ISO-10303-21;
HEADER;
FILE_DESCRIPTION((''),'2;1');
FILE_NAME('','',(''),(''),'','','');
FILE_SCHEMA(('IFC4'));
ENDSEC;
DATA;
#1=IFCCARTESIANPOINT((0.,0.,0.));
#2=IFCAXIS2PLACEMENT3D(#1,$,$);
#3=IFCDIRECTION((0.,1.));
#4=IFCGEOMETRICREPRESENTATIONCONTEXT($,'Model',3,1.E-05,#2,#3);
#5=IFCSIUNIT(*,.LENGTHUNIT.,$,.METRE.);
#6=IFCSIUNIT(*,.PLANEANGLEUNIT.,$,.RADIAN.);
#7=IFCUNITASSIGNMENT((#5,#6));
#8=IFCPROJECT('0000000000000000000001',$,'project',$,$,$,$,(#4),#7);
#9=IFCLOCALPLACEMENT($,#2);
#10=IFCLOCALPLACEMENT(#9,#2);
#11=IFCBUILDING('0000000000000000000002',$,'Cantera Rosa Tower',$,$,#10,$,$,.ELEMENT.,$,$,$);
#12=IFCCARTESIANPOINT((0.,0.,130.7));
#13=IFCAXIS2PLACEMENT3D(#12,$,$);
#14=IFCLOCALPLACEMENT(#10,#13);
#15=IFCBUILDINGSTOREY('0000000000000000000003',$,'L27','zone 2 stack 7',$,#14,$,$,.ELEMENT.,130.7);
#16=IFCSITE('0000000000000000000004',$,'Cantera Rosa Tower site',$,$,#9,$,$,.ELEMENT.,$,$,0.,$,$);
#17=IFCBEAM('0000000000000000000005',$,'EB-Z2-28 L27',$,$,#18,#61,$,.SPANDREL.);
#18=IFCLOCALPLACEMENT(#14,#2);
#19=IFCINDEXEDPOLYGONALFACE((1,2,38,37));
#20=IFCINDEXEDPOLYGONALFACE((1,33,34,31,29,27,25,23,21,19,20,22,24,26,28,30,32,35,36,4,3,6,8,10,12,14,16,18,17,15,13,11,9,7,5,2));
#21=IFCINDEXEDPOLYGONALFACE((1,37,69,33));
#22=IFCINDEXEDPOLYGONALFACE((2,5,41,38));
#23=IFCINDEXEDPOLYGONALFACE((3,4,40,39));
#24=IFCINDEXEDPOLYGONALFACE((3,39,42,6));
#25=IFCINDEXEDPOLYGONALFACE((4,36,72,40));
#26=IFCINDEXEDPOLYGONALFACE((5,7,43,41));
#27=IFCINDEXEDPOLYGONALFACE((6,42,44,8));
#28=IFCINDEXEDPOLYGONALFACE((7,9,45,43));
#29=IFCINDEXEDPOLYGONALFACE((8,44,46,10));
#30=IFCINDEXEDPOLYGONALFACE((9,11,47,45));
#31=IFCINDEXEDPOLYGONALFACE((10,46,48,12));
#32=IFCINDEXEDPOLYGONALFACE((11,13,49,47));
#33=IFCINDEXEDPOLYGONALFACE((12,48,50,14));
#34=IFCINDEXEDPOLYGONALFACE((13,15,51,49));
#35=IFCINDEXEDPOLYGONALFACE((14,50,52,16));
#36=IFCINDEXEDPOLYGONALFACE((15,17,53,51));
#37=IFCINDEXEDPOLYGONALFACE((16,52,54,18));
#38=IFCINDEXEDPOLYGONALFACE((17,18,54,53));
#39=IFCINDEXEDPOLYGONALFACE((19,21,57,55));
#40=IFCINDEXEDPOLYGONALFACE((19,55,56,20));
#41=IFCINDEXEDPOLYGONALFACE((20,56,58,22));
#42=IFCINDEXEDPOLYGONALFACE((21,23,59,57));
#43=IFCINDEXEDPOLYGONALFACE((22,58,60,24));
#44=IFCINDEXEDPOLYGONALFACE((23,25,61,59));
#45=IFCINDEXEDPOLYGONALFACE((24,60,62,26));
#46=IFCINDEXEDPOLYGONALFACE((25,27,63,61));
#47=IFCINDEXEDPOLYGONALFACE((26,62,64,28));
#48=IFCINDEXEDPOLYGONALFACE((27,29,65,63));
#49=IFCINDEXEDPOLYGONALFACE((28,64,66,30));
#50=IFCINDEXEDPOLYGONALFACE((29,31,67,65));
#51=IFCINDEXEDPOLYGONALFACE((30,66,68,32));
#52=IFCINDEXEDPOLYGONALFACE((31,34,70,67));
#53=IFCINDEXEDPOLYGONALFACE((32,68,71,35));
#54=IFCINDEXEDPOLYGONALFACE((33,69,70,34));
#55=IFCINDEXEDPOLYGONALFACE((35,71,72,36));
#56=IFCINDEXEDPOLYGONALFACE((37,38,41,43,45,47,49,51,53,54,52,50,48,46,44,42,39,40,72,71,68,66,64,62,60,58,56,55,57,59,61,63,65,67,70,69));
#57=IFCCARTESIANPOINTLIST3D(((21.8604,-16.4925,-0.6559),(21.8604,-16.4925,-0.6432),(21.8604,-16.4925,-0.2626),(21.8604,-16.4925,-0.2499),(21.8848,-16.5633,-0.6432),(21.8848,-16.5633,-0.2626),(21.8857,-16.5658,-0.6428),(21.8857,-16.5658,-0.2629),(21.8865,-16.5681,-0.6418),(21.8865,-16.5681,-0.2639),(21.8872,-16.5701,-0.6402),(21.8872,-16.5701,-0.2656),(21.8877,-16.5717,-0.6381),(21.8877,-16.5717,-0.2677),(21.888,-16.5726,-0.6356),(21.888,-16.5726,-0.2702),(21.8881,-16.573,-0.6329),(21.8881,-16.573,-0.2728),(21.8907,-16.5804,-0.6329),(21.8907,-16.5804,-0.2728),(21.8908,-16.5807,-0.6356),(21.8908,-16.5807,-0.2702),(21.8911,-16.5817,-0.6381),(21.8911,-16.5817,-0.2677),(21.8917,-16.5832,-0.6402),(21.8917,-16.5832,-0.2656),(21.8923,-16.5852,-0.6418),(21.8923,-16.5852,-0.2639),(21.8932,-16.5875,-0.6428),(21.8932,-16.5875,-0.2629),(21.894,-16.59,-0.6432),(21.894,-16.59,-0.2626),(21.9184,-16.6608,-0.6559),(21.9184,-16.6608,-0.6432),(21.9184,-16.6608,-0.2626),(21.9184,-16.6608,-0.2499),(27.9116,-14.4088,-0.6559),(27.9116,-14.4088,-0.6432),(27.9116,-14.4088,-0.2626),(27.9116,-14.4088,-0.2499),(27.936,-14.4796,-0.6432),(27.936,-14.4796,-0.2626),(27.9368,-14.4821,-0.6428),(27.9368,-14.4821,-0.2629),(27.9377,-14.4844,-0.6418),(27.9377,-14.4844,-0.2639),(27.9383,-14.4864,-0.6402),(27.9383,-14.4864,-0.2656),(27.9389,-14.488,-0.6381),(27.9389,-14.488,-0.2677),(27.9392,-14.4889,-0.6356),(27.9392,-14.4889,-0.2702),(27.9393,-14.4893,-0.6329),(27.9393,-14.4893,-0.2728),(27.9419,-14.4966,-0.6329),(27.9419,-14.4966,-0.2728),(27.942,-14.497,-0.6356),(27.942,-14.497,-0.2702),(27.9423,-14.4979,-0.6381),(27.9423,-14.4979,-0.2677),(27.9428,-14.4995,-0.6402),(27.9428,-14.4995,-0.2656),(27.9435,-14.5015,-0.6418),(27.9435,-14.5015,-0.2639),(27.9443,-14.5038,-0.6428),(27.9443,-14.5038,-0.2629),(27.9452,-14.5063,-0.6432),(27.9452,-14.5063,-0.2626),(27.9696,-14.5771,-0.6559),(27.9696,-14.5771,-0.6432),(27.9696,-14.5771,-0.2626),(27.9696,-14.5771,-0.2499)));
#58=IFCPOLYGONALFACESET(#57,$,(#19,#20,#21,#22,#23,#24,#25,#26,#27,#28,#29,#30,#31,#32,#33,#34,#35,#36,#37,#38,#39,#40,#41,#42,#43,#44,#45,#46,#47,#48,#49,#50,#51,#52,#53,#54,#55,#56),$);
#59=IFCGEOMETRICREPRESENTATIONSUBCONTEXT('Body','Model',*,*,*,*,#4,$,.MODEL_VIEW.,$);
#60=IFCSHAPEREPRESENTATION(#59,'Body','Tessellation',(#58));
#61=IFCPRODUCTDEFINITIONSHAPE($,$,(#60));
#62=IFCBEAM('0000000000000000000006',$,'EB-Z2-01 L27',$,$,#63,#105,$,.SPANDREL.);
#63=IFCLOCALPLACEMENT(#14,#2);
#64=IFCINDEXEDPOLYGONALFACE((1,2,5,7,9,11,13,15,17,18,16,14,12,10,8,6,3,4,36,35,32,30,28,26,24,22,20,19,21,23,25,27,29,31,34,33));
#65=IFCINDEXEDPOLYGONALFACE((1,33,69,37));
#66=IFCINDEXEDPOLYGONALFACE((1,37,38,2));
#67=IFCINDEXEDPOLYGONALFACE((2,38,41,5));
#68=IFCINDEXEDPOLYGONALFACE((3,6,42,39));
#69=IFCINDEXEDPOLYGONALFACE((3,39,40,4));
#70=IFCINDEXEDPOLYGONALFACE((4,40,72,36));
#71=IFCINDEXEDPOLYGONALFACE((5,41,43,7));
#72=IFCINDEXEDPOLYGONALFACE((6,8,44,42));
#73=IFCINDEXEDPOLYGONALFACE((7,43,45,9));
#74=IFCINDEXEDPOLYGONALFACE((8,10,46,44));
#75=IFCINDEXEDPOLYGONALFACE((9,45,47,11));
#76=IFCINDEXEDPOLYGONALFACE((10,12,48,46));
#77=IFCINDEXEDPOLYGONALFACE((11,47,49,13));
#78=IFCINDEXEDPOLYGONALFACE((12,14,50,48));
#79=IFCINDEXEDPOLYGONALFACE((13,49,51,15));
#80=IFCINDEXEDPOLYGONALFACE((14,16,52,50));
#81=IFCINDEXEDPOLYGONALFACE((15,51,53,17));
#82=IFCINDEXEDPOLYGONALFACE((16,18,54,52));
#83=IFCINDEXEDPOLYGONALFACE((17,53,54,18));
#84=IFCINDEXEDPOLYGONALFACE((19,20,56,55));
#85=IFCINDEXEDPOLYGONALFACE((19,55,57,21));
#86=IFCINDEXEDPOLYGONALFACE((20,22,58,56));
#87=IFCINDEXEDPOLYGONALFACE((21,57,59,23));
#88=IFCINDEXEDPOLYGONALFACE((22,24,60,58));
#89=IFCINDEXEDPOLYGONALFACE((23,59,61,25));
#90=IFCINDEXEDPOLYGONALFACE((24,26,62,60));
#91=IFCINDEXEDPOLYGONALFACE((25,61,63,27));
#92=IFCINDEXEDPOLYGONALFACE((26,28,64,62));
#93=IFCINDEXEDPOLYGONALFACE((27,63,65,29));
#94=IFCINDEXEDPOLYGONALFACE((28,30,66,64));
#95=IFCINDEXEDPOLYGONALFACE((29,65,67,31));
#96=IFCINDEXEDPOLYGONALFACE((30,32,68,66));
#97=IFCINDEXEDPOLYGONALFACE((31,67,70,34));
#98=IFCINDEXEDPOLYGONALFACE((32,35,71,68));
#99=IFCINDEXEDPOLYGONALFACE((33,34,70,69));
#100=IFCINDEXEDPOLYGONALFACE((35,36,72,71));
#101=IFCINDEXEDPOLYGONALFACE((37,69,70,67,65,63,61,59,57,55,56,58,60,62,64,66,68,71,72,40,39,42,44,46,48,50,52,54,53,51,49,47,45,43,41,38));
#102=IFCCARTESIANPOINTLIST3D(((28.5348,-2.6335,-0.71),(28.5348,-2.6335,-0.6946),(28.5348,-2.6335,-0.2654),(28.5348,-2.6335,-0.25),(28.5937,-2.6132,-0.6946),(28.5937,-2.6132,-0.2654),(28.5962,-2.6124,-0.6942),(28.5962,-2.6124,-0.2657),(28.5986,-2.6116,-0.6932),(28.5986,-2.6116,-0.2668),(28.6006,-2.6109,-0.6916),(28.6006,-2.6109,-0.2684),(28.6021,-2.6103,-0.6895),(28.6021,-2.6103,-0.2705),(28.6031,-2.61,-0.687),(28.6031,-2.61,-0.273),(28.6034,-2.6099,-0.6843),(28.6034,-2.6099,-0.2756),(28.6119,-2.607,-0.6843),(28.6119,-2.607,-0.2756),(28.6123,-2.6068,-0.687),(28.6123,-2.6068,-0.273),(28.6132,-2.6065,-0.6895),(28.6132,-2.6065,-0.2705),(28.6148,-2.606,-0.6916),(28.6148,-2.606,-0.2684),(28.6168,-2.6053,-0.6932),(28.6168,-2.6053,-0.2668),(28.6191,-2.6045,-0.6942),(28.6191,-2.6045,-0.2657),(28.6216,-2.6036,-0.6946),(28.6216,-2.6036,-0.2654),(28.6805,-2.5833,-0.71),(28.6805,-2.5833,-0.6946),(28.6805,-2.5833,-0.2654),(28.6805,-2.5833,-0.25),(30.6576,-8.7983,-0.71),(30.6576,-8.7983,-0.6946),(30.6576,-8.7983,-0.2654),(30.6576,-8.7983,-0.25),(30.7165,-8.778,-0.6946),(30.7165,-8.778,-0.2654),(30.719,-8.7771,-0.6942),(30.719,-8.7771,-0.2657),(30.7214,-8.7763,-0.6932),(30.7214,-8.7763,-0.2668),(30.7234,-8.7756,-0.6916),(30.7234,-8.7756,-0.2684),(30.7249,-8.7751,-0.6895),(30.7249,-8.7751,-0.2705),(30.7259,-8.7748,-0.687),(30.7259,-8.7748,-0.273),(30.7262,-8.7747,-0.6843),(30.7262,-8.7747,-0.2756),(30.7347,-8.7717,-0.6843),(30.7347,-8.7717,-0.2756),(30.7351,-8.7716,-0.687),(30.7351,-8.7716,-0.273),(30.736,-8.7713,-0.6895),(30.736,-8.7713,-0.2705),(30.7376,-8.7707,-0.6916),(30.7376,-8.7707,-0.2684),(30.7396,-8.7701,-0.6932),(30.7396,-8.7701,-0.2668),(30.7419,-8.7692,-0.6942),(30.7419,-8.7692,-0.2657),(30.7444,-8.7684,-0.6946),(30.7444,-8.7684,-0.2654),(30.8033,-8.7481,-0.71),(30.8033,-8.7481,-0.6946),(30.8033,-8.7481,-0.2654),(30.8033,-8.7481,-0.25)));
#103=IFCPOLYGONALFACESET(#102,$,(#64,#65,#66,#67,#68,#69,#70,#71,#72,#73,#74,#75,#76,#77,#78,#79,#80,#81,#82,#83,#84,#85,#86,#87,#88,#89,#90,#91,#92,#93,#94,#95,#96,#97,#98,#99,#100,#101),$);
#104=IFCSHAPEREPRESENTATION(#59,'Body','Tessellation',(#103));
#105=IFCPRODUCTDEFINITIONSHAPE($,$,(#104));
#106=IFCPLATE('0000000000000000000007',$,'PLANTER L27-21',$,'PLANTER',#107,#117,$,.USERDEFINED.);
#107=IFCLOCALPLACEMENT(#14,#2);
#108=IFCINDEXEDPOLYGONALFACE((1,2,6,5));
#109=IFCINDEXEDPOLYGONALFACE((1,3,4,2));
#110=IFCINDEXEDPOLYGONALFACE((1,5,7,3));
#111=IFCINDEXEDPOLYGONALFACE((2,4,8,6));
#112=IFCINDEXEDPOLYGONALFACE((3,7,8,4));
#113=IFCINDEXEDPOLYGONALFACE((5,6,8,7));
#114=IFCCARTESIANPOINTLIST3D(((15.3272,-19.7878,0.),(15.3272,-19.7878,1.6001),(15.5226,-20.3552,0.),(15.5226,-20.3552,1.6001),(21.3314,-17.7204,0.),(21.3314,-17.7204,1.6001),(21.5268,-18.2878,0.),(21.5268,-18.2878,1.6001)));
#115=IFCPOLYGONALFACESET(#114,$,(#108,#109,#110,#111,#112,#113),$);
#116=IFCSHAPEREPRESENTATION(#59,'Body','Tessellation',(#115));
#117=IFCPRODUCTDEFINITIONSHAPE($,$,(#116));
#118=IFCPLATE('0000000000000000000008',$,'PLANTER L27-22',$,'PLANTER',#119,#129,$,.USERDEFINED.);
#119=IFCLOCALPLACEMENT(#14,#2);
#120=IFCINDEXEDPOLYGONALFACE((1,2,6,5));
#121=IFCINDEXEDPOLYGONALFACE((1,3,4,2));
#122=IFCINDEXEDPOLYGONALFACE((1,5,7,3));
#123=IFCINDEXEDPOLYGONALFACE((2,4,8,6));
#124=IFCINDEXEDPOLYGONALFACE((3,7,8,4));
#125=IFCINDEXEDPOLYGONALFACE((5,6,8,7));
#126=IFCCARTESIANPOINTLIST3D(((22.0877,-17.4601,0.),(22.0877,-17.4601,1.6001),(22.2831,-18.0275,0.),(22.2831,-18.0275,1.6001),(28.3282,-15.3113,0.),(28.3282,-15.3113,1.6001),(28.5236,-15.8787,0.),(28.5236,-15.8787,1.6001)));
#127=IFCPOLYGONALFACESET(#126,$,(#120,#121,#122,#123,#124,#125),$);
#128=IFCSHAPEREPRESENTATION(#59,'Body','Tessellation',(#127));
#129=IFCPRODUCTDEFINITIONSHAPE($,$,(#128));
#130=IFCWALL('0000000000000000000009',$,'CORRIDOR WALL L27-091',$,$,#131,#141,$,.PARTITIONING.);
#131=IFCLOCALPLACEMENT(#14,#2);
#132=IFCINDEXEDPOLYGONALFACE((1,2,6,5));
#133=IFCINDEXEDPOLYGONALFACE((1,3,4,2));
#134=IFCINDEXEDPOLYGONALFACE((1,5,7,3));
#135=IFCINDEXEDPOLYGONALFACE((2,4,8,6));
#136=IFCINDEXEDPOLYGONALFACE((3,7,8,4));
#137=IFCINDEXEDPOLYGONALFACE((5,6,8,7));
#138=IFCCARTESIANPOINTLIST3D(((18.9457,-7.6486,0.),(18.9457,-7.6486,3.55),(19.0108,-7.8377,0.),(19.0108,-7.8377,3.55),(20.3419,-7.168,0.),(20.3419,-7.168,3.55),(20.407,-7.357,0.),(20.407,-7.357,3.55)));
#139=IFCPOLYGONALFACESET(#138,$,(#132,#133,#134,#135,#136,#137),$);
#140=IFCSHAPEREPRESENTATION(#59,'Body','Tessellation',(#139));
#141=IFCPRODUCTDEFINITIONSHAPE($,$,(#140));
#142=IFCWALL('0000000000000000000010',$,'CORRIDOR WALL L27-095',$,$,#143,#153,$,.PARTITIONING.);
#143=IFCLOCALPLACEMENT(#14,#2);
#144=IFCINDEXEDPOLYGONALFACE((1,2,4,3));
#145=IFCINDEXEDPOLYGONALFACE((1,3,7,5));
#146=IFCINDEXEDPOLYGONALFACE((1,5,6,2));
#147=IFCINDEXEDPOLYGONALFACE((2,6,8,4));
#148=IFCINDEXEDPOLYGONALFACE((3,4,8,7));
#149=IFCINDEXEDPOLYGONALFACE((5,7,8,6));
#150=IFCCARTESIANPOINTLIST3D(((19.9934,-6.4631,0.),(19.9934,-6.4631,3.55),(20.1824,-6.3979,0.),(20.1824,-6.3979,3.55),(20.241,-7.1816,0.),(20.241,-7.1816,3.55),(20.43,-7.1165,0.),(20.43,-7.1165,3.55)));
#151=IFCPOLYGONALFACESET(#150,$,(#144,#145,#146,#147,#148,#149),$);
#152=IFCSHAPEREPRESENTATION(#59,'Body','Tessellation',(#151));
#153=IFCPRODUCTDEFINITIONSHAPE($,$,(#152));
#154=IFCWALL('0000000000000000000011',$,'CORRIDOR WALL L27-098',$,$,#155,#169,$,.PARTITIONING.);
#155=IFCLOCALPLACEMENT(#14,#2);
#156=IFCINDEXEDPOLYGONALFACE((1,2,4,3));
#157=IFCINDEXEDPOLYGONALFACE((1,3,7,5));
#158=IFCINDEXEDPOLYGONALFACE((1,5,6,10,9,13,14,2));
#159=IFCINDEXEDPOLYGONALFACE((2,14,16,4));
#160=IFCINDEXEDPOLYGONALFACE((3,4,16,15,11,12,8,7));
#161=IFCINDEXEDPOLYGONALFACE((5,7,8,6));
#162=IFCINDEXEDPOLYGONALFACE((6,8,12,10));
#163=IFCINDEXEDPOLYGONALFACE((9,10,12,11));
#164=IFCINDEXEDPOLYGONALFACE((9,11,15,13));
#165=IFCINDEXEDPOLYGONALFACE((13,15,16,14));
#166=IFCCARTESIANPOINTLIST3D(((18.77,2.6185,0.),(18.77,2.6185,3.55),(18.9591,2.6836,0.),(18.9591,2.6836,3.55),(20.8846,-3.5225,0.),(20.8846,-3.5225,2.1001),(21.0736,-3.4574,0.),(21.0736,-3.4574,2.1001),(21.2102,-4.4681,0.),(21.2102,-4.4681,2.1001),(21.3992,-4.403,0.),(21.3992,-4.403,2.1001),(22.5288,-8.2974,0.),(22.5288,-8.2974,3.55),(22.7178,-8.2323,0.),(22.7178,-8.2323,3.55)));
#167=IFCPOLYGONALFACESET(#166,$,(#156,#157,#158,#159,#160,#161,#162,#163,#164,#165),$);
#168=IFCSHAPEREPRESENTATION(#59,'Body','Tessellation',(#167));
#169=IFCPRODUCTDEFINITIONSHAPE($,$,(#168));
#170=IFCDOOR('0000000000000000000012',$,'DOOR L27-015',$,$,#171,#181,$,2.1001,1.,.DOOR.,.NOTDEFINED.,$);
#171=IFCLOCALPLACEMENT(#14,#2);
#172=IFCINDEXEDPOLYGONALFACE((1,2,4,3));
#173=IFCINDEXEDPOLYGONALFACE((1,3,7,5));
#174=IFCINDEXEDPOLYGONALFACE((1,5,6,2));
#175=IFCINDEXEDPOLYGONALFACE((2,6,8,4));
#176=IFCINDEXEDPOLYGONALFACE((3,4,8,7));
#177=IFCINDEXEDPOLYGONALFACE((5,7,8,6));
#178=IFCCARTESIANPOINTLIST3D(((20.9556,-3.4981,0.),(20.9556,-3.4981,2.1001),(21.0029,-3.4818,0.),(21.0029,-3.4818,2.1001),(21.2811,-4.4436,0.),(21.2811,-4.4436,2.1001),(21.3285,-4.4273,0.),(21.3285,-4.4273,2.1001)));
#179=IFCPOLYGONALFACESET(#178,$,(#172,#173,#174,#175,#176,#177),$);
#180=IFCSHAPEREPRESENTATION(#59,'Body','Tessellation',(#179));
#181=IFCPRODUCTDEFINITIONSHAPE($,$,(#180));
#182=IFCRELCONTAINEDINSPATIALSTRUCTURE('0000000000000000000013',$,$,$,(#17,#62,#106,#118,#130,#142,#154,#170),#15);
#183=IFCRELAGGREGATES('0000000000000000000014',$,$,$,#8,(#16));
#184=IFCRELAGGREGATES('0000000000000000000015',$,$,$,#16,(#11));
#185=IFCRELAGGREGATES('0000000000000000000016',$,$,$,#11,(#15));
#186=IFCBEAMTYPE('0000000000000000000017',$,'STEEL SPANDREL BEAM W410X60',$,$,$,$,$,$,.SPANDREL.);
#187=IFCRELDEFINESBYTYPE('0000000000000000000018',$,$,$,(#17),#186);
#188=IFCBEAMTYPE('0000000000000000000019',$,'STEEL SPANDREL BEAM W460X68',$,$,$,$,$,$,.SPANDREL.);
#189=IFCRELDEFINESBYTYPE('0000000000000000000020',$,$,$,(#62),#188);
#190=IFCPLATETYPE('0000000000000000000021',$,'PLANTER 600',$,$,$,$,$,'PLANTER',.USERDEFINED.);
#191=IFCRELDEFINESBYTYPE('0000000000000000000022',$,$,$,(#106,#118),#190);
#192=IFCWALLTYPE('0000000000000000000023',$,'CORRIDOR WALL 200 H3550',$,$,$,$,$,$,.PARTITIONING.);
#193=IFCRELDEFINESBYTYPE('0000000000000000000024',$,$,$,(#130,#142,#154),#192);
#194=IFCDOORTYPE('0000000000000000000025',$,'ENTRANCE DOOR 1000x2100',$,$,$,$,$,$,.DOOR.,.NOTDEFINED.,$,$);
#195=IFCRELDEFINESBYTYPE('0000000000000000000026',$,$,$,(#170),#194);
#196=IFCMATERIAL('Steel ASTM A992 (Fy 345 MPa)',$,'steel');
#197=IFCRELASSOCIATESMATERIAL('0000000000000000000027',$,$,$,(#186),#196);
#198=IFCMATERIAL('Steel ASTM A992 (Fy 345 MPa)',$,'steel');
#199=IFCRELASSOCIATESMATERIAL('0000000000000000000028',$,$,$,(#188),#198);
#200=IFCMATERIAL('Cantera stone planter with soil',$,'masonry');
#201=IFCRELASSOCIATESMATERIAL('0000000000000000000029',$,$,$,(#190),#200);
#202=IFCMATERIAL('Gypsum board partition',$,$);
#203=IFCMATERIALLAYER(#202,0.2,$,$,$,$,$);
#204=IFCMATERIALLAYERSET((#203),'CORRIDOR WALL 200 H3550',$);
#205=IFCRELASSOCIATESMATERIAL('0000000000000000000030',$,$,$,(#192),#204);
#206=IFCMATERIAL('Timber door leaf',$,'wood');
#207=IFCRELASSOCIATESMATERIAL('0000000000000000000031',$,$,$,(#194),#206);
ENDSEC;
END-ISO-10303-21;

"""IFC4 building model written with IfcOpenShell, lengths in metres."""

from ifc_helpers import new_model, si_unit, direction, frame, frame_2d, origin, origin_2d, place, context, subcontext, project, spatial, rectangle, i_section, extrude, material, layer, layer_set, material_profile, profile_set, type_object, element, fill, save


model = new_model("IFC4")

# Units and contexts
model_context = context("Model", 3, precision=1e-05, world=origin(), true_north=direction((0.0, 1.0)))
body_context = subcontext(model_context, "Body", "Model", "MODEL_VIEW")
ifc_project = project(units=[si_unit("LENGTHUNIT", "METRE"), si_unit("PLANEANGLEUNIT", "RADIAN")], contexts=[model_context])

# Site, building, storey
site_placement = place(None, origin())
site = spatial("IfcSite", under=ifc_project, at=site_placement, Name="Cantera Rosa Tower site", CompositionType="ELEMENT", RefElevation=0.0)
building_placement = place(site_placement, origin())
building = spatial("IfcBuilding", under=site, at=building_placement, Name="Cantera Rosa Tower", CompositionType="ELEMENT")
storey_placement = place(building_placement, frame((0.0, 0.0, 130.7)))
storey = spatial("IfcBuildingStorey", under=building, at=storey_placement, Name="L27", Description="zone 2 stack 7", CompositionType="ELEMENT", Elevation=130.7)

# Beams
ifc_material_1 = material(Name="Steel ASTM A992 (Fy 345 MPa)", Category="steel")
ifc_material_profile_1 = material_profile(ifc_material_1, i_section(OverallWidth=0.178, OverallDepth=0.406, WebThickness=0.0078, FlangeThickness=0.0127, FilletRadius=0.0103, at=origin_2d()), Name="W410X60")
ifc_profile_set_1 = profile_set([ifc_material_profile_1], Name="Steel ASTM A992 (Fy 345 MPa)")
beam_type_1 = type_object("IfcBeamType", Name="STEEL SPANDREL BEAM W410X60", PredefinedType="SPANDREL", material=ifc_profile_set_1)
beam_1_placement = place(storey_placement, frame((21.8894, -16.5767, -0.4529), z_axis=(0.945513, 0.325585, 0.0), x_axis=(-0.325585, 0.945513, 0.0)))
element("IfcBeam", 1, at=beam_1_placement, inside=storey, type_object=beam_type_1, Name="EB-Z2-28 L27", PredefinedType="SPANDREL", context=body_context, shape_type="SweptSolid", body=[
    extrude(i_section(OverallWidth=0.178, OverallDepth=0.406, WebThickness=0.0078, FlangeThickness=0.0127, FilletRadius=0.0103, at=origin_2d()), origin(), (0.0, 0.0, 1.0), 6.3999),
])
ifc_material_2 = material(Name="Steel ASTM A992 (Fy 345 MPa)", Category="steel")
ifc_material_profile_2 = material_profile(ifc_material_2, i_section(OverallWidth=0.1541, OverallDepth=0.46, WebThickness=0.009, FlangeThickness=0.0154, FilletRadius=0.0103, at=origin_2d()), Name="W460X68")
ifc_profile_set_2 = profile_set([ifc_material_profile_2], Name="Steel ASTM A992 (Fy 345 MPa)")
beam_type_2 = type_object("IfcBeamType", Name="STEEL SPANDREL BEAM W460X68", PredefinedType="SPANDREL", material=ifc_profile_set_2)
beam_2_placement = place(storey_placement, frame((30.7305, -8.7732, -0.48), z_axis=(-0.325581, 0.945514, 0.0), x_axis=(-0.945514, -0.325581, 0.0)))
element("IfcBeam", 2, at=beam_2_placement, inside=storey, type_object=beam_type_2, Name="EB-Z2-01 L27", PredefinedType="SPANDREL", context=body_context, shape_type="SweptSolid", body=[
    extrude(i_section(OverallWidth=0.1541, OverallDepth=0.46, WebThickness=0.009, FlangeThickness=0.0154, FilletRadius=0.0103, at=origin_2d()), origin(), (0.0, 0.0, 1.0), 6.52),
])

# Plates
ifc_material_3 = material(Name="Cantera stone planter with soil", Category="masonry")
plate_type = type_object("IfcPlateType", Name="PLANTER 600", ElementType="PLANTER", PredefinedType="USERDEFINED", material=ifc_material_3)
plate_1_placement = place(storey_placement, frame((18.427, -19.0378, 0.0), z_axis=(0.0, 0.0, 1.0), x_axis=(0.945519, 0.325568, 0.0)))
element("IfcPlate", 3, at=plate_1_placement, inside=storey, type_object=plate_type, Name="PLANTER L27-21", ObjectType="PLANTER", PredefinedType="USERDEFINED", context=body_context, shape_type="SweptSolid", body=[
    extrude(rectangle(XDim=6.3501, YDim=0.6001, at=origin_2d()), origin(), (0.0, 0.0, 1.0), 1.6001),
])
plate_2_placement = place(storey_placement, frame((25.3057, -16.6694, 0.0), z_axis=(0.0, 0.0, 1.0), x_axis=(0.945519, 0.325568, 0.0)))
element("IfcPlate", 4, at=plate_2_placement, inside=storey, type_object=plate_type, Name="PLANTER L27-22", ObjectType="PLANTER", PredefinedType="USERDEFINED", context=body_context, shape_type="SweptSolid", body=[
    extrude(rectangle(XDim=6.6001, YDim=0.6001, at=origin_2d()), origin(), (0.0, 0.0, 1.0), 1.6001),
])

# Walls
ifc_material_4 = material(Name="Gypsum board partition")
ifc_layer_1 = layer(ifc_material_4, 0.2)
ifc_layer_set_1 = layer_set([ifc_layer_1], Name="CORRIDOR WALL 200 H3550")
wall_type_1 = type_object("IfcWallType", Name="CORRIDOR WALL 200 H3550", PredefinedType="PARTITIONING", material=ifc_layer_set_1)
wall_1_placement = place(storey_placement, frame((18.9783, -7.7432, 0.0), z_axis=(0.0, 0.0, 1.0), x_axis=(0.945529, 0.325537, 0.0)))
element("IfcWall", 5, at=wall_1_placement, inside=storey, type_object=wall_type_1, Name="CORRIDOR WALL L27-091", PredefinedType="PARTITIONING", context=body_context, shape_type="SweptSolid", body=[
    extrude(rectangle(XDim=1.4766, YDim=0.2, at=frame_2d((0.7383, 0.0))), origin(), (0.0, 0.0, 1.0), 3.55),
])
wall_2_placement = place(storey_placement, frame((20.3354, -7.1489, 0.0), z_axis=(0.0, 0.0, 1.0), x_axis=(-0.325753, 0.945455, 0.0)))
element("IfcWall", 6, at=wall_2_placement, inside=storey, type_object=wall_type_1, Name="CORRIDOR WALL L27-095", PredefinedType="PARTITIONING", context=body_context, shape_type="SweptSolid", body=[
    extrude(rectangle(XDim=0.76, YDim=0.2, at=frame_2d((0.3799, 0.0))), origin(), (0.0, 0.0, 1.0), 3.55),
])

# Wall, opening, door
wall_3_placement = place(storey_placement, frame((22.6233, -8.2649, 0.0), z_axis=(0.0, 0.0, 1.0), x_axis=(-0.325576, 0.945516, 0.0)))
wall_3 = element("IfcWall", 7, at=wall_3_placement, inside=storey, type_object=wall_type_1, Name="CORRIDOR WALL L27-098", PredefinedType="PARTITIONING", context=body_context, shape_type="SweptSolid", body=[
    extrude(rectangle(XDim=11.5449, YDim=0.2, at=frame_2d((5.7725, 0.0))), origin(), (0.0, 0.0, 1.0), 3.55),
])
opening_1_placement = place(wall_3_placement, frame((4.05, 0.0, 0.0)))
opening_1 = element("IfcOpeningElement", 8, at=opening_1_placement, cuts=wall_3, PredefinedType="OPENING", context=body_context, shape_type="SweptSolid", body=[
    extrude(rectangle(XDim=1.0, YDim=2.1001, at=frame_2d((0.5, 1.05))), frame((0.0, 0.1099, 0.0), z_axis=(0.0, -1.0, 0.0), x_axis=(1.0, 0.0, 0.0)), (0.0, 0.0, 1.0), 0.22),
])
ifc_material_5 = material(Name="Timber door leaf", Category="wood")
door_type_1 = type_object("IfcDoorType", Name="ENTRANCE DOOR 1000x2100", OperationType="NOTDEFINED", PredefinedType="DOOR", material=ifc_material_5)
door_1_placement = place(opening_1_placement, origin())
door_1 = element("IfcDoor", 9, at=door_1_placement, inside=storey, type_object=door_type_1, Name="DOOR L27-015", OperationType="NOTDEFINED", OverallHeight=2.1001, OverallWidth=1.0, PredefinedType="DOOR", context=body_context, shape_type="SweptSolid", body=[
    extrude(rectangle(XDim=1.0, YDim=2.1001, at=frame_2d((0.5, 1.05))), frame((0.0, 0.0249, 0.0), z_axis=(0.0, -1.0, 0.0), x_axis=(1.0, 0.0, 0.0)), (0.0, 0.0, 1.0), 0.05),
])
fill(opening_1, door_1)

save(model, "model.ifc")
